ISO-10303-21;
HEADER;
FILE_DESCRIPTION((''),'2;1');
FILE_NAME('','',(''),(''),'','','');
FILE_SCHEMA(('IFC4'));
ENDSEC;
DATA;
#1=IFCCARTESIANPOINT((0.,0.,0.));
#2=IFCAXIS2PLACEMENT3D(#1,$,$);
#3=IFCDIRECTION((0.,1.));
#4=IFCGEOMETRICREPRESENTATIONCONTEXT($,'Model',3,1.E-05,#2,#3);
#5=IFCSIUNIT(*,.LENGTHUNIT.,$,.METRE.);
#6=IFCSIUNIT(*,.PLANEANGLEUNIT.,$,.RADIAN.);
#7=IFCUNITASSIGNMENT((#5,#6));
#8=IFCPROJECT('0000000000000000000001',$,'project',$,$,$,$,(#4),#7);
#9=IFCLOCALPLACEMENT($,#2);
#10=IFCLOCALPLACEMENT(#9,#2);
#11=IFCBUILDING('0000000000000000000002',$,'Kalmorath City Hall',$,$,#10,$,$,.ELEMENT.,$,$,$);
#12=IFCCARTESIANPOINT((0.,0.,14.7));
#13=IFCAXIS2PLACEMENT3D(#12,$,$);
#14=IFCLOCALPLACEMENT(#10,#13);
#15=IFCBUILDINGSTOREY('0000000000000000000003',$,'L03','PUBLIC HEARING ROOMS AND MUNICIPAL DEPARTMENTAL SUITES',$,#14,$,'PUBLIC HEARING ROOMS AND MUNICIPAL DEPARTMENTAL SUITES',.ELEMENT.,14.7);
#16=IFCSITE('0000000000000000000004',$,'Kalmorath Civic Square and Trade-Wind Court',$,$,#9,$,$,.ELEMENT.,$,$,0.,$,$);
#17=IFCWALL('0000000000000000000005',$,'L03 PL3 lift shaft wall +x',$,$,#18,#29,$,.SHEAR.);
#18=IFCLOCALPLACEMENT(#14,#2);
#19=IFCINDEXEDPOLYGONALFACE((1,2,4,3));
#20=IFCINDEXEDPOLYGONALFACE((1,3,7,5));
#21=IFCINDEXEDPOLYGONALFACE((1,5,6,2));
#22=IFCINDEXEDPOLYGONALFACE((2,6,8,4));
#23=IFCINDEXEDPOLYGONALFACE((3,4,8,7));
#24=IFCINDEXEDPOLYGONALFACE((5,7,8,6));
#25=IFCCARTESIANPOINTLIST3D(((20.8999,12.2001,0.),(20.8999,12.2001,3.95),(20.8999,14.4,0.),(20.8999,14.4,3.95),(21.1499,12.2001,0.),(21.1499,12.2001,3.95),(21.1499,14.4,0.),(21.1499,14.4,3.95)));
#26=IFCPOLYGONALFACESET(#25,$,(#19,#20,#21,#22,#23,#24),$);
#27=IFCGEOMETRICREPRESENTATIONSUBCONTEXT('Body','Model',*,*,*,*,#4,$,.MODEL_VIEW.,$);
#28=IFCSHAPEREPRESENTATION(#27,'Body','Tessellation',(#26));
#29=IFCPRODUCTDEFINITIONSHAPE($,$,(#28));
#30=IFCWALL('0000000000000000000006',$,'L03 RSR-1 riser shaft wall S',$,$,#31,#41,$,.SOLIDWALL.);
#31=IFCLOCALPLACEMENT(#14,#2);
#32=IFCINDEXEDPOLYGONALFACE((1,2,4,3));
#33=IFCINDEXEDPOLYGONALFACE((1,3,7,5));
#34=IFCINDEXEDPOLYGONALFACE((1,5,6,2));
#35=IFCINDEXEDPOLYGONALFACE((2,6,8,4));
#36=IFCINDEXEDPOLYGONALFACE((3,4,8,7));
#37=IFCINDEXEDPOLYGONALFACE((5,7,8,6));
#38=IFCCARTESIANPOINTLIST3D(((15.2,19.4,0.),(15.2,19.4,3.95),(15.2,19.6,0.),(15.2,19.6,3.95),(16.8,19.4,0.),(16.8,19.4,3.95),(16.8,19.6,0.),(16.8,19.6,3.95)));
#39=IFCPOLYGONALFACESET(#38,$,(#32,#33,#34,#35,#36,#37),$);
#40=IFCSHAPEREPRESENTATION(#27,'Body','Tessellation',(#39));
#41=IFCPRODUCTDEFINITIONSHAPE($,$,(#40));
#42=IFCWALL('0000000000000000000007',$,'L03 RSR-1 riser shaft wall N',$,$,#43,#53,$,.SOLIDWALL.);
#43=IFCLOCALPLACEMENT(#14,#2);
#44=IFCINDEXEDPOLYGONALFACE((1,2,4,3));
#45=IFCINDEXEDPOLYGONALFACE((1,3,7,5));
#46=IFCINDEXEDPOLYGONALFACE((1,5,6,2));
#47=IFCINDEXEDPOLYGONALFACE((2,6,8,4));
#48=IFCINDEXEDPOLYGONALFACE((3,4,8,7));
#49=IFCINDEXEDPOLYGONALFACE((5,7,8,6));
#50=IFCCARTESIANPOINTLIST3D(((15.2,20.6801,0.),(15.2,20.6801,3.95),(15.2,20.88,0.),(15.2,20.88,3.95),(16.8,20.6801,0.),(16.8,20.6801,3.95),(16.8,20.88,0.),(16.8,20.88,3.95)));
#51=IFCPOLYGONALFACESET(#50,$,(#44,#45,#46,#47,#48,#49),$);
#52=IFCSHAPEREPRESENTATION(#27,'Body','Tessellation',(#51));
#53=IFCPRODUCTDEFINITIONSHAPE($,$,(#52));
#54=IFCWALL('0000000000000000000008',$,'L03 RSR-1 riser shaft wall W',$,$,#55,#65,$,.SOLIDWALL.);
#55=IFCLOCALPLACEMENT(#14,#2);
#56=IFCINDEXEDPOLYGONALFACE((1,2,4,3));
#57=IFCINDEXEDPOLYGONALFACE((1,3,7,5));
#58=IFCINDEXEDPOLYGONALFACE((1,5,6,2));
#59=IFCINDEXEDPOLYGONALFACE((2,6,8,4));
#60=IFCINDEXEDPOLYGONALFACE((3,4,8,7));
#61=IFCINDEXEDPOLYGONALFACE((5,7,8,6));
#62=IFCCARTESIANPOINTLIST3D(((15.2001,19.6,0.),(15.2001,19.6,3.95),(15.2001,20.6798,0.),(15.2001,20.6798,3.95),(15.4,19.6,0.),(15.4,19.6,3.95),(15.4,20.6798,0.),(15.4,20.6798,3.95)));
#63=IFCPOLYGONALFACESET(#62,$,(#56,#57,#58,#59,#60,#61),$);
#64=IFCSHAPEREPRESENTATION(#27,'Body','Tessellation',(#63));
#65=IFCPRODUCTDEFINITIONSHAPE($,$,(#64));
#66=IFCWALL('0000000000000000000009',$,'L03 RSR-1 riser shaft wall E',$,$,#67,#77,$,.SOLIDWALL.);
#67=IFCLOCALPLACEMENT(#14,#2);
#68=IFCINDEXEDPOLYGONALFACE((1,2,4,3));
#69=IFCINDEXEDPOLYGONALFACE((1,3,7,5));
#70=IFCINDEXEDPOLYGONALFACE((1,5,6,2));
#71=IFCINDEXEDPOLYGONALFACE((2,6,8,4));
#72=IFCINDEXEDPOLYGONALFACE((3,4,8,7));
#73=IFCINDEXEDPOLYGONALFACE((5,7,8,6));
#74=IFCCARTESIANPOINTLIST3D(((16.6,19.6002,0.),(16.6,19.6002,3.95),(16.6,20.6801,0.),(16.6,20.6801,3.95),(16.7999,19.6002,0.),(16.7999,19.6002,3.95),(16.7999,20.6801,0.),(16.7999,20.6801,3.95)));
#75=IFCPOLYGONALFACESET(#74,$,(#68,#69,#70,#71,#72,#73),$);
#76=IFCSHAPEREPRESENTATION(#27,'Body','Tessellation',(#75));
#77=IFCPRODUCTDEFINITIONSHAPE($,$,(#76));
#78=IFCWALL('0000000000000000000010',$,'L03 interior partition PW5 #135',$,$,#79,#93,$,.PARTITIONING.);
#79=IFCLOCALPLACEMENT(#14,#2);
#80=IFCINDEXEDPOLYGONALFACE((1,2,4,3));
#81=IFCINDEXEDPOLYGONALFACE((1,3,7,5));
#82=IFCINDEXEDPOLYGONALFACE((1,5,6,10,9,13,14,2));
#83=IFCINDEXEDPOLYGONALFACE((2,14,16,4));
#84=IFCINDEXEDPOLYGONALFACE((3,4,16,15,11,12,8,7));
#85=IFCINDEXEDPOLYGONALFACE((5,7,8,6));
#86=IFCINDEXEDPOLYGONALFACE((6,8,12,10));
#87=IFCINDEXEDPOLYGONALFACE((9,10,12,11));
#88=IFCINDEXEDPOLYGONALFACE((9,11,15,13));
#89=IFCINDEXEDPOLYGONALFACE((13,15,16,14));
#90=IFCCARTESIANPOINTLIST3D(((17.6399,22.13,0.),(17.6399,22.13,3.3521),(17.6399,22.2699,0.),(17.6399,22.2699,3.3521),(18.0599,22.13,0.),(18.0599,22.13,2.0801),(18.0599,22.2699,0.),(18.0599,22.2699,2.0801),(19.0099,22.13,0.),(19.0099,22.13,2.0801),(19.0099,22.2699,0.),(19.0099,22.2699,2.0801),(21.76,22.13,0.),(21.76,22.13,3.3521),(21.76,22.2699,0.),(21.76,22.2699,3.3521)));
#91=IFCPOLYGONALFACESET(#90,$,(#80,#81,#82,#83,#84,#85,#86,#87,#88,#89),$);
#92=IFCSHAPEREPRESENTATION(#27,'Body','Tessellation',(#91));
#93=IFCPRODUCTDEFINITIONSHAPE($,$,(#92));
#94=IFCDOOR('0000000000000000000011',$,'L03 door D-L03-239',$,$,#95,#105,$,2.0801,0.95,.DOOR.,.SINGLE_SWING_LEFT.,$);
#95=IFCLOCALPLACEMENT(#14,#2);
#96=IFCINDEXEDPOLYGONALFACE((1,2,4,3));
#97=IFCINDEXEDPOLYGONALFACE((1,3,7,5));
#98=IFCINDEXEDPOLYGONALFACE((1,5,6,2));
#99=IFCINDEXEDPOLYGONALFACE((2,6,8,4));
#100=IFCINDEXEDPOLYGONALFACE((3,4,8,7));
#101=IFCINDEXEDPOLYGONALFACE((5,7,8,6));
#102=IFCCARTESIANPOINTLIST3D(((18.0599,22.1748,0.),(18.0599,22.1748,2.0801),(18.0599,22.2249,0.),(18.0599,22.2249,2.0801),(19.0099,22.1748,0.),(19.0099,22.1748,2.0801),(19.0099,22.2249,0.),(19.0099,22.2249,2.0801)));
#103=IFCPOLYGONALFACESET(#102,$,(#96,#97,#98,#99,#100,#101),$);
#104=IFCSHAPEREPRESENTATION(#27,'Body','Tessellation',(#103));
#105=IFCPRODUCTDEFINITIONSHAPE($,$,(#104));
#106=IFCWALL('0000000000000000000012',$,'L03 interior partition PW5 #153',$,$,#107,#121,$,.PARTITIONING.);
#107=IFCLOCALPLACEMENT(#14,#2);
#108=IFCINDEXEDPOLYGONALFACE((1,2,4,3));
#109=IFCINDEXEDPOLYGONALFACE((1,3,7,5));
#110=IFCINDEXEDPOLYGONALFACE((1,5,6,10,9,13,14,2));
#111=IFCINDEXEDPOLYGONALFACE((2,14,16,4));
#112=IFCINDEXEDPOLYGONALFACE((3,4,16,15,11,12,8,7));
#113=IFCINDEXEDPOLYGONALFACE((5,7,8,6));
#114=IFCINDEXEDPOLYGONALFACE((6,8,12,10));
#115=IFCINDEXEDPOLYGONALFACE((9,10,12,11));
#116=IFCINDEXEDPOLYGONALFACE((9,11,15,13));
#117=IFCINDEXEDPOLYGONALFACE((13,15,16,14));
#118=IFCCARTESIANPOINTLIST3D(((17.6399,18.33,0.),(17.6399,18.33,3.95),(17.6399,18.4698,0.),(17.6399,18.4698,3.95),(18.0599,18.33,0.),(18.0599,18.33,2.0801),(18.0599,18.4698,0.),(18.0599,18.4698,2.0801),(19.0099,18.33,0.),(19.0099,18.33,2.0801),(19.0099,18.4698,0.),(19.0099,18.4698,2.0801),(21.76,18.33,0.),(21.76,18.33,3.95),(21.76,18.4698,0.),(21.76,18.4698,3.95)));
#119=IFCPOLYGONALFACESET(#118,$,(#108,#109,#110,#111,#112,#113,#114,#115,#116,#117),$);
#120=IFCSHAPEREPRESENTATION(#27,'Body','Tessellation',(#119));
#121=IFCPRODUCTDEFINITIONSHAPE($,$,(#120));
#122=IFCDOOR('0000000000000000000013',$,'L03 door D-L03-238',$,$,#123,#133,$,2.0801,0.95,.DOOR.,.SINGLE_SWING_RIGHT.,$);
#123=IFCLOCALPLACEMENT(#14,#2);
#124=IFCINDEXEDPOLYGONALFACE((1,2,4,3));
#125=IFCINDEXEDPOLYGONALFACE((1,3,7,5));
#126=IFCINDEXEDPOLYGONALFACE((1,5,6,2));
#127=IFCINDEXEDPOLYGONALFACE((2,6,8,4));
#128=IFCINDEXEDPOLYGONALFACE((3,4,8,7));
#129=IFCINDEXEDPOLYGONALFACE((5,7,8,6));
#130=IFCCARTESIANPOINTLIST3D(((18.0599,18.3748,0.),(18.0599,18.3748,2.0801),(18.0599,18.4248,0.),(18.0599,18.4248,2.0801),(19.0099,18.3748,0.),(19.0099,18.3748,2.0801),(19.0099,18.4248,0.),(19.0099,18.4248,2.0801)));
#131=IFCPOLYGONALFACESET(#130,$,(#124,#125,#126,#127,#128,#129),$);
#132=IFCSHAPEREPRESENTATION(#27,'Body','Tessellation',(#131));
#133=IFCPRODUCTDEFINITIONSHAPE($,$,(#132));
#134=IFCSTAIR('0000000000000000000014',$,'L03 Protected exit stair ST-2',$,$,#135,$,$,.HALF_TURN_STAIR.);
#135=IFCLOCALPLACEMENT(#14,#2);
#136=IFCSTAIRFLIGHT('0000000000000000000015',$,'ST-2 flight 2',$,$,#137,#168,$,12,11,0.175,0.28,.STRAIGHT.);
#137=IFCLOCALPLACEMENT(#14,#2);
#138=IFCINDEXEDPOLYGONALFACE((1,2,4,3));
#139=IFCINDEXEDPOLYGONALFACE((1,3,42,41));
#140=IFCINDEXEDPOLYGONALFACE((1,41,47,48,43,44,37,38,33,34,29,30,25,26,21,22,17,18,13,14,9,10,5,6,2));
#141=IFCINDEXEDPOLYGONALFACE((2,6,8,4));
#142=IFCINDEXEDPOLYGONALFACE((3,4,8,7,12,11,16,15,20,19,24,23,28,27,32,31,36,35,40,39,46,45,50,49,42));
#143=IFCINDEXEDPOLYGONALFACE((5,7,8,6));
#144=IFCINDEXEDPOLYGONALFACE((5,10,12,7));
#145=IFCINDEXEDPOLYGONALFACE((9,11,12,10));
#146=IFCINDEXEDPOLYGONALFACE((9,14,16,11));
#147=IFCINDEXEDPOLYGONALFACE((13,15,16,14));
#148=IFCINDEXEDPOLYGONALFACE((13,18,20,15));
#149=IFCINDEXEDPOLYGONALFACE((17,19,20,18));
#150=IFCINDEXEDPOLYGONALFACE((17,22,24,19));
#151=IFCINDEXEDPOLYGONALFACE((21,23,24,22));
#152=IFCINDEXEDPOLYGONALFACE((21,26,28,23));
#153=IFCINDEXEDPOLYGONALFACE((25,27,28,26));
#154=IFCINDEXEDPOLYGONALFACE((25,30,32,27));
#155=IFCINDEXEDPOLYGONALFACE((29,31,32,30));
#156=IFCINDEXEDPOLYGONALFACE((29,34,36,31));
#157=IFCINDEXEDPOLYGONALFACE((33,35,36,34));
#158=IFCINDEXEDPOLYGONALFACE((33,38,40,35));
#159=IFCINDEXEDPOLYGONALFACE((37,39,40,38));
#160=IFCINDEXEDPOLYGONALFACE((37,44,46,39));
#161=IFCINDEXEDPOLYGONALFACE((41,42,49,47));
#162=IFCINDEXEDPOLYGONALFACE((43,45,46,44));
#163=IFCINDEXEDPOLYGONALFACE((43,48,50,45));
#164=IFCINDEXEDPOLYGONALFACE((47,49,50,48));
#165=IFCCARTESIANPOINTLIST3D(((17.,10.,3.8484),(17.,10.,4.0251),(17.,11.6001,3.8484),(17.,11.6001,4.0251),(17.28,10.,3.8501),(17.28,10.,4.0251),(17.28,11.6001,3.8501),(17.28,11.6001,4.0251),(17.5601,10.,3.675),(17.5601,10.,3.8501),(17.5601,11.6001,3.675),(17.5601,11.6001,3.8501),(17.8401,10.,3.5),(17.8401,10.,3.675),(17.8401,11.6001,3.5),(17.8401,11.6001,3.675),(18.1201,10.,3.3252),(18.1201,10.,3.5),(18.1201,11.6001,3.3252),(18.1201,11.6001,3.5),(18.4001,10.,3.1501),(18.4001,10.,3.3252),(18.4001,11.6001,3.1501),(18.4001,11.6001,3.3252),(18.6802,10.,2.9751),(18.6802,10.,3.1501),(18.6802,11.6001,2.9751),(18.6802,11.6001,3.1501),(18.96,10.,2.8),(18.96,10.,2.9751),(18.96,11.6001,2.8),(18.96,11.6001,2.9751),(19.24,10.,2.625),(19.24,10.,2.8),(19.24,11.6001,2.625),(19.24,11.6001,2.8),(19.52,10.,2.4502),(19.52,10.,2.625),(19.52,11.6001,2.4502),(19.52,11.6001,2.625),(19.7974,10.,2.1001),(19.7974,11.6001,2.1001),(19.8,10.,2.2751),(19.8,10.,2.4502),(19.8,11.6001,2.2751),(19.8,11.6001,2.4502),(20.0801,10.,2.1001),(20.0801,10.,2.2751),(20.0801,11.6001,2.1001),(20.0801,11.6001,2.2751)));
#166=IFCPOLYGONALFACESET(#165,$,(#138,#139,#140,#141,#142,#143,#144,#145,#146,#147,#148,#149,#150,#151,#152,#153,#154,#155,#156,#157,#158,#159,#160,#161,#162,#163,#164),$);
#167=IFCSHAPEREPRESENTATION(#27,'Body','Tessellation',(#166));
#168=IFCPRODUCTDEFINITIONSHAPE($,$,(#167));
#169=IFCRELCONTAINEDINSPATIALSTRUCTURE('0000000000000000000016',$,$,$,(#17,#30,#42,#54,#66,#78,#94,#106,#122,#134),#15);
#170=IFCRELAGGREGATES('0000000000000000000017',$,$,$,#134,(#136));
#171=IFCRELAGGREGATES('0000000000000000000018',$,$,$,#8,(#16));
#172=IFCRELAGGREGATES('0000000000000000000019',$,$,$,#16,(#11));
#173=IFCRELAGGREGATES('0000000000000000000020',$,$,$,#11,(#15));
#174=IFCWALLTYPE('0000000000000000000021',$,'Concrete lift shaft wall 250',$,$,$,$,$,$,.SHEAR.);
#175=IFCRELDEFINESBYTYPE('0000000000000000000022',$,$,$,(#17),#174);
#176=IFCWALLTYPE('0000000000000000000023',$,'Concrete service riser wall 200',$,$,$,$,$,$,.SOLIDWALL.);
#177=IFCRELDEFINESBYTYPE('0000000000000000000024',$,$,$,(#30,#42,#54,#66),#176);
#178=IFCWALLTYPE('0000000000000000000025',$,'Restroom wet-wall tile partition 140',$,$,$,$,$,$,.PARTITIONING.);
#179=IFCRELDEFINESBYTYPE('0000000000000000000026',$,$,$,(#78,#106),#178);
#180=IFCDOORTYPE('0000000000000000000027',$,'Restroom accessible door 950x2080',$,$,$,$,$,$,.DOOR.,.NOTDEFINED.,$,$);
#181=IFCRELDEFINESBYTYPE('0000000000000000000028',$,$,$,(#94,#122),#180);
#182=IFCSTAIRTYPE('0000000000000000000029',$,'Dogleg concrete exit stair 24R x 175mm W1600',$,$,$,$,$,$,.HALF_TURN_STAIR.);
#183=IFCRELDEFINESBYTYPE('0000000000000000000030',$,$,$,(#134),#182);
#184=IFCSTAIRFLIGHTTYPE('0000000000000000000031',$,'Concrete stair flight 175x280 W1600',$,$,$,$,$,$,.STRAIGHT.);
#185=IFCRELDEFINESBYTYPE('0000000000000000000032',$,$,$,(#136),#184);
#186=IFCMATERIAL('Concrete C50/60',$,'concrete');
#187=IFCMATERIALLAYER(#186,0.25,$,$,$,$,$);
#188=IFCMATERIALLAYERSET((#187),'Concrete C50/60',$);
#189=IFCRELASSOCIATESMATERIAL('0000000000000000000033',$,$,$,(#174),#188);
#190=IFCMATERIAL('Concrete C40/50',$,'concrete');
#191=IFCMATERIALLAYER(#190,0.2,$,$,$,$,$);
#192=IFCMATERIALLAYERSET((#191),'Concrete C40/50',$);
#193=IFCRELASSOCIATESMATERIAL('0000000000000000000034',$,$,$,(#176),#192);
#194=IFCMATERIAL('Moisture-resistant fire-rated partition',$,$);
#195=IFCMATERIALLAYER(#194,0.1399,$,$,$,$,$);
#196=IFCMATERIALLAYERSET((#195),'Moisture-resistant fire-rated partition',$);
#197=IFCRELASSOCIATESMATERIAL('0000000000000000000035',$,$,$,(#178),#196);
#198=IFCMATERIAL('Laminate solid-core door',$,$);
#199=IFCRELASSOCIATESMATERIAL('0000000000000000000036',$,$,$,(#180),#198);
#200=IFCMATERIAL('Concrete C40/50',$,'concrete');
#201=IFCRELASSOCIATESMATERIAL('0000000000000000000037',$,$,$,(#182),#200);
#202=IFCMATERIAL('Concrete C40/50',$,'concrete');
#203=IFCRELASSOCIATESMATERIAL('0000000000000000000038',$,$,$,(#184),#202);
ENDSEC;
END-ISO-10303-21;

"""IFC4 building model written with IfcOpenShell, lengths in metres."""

from ifc_helpers import new_model, si_unit, direction, frame, frame_2d, origin, place, context, subcontext, project, spatial, polyline, rectangle, outline, extrude, material, layer, layer_set, type_object, element, fill, aggregate, save


model = new_model("IFC4")

# Units and contexts
model_context = context("Model", 3, precision=1e-05, world=origin(), true_north=direction((0.0, 1.0)))
body_context = subcontext(model_context, "Body", "Model", "MODEL_VIEW")
ifc_project = project(units=[si_unit("LENGTHUNIT", "METRE"), si_unit("PLANEANGLEUNIT", "RADIAN")], contexts=[model_context])

# Site, building, storey
site_placement = place(None, origin())
site = spatial("IfcSite", under=ifc_project, at=site_placement, Name="Kalmorath Civic Square and Trade-Wind Court", CompositionType="ELEMENT", RefElevation=0.0)
building_placement = place(site_placement, origin())
building = spatial("IfcBuilding", under=site, at=building_placement, Name="Kalmorath City Hall", CompositionType="ELEMENT")
storey_placement = place(building_placement, frame((0.0, 0.0, 14.7)))
storey = spatial("IfcBuildingStorey", under=building, at=storey_placement, Name="L03", Description="PUBLIC HEARING ROOMS AND MUNICIPAL DEPARTMENTAL SUITES", LongName="PUBLIC HEARING ROOMS AND MUNICIPAL DEPARTMENTAL SUITES", CompositionType="ELEMENT", Elevation=14.7)

# Shared definitions
ifc_material_1 = material(Name="Concrete C50/60", Category="concrete")
ifc_layer_1 = layer(ifc_material_1, 0.25)
ifc_layer_set_1 = layer_set([ifc_layer_1], Name="Concrete C50/60")
wall_type_1 = type_object("IfcWallType", Name="Concrete lift shaft wall 250", PredefinedType="SHEAR", material=ifc_layer_set_1)

# Walls
wall_1_placement = place(storey_placement, frame((21.0249, 12.2, 0.0), z_axis=(0.0, 0.0, 1.0), x_axis=(0.0, 1.0, 0.0)))
element("IfcWall", 1, at=wall_1_placement, inside=storey, type_object=wall_type_1, Name="L03 PL3 lift shaft wall +x", PredefinedType="SHEAR", context=body_context, shape_type="SweptSolid", body=[
    extrude(rectangle(XDim=2.2, YDim=0.25, at=frame_2d((1.1001, 0.0))), origin(), (0.0, 0.0, 1.0), 3.95),
])
ifc_material_2 = material(Name="Concrete C40/50", Category="concrete")
ifc_layer_2 = layer(ifc_material_2, 0.2)
ifc_layer_set_2 = layer_set([ifc_layer_2], Name="Concrete C40/50")
wall_type_2 = type_object("IfcWallType", Name="Concrete service riser wall 200", PredefinedType="SOLIDWALL", material=ifc_layer_set_2)
for number, where, z_axis, x_axis, name in (
    (2, (15.2, 19.5, 0.0), (0.0, 0.0, 1.0), (1.0, 0.0, 0.0), "L03 RSR-1 riser shaft wall S"),
    (3, (16.8, 20.78, 0.0), (0.0, 0.0, 1.0), (-1.0, 0.0, 0.0), "L03 RSR-1 riser shaft wall N"),
):
    element("IfcWall", number, at=place(storey_placement, frame(where, z_axis=z_axis, x_axis=x_axis)), inside=storey, type_object=wall_type_2, Name=name, PredefinedType="SOLIDWALL", context=body_context, shape_type="SweptSolid", body=[
        extrude(rectangle(XDim=1.6001, YDim=0.2, at=frame_2d((0.8, 0.0))), origin(), (0.0, 0.0, 1.0), 3.95),
    ])
for number, where, z_axis, x_axis, name in (
    (4, (15.3, 20.6799, 0.0), (0.0, 0.0, 1.0), (0.0, -1.0, 0.0), "L03 RSR-1 riser shaft wall W"),
    (5, (16.7, 19.6001, 0.0), (0.0, 0.0, 1.0), (0.0, 1.0, 0.0), "L03 RSR-1 riser shaft wall E"),
):
    element("IfcWall", number, at=place(storey_placement, frame(where, z_axis=z_axis, x_axis=x_axis)), inside=storey, type_object=wall_type_2, Name=name, PredefinedType="SOLIDWALL", context=body_context, shape_type="SweptSolid", body=[
        extrude(rectangle(XDim=1.0798, YDim=0.2, at=frame_2d((0.54, 0.0))), origin(), (0.0, 0.0, 1.0), 3.95),
    ])

# Walls, openings, doors
ifc_material_3 = material(Name="Moisture-resistant fire-rated partition")
ifc_layer_3 = layer(ifc_material_3, 0.1399)
ifc_layer_set_3 = layer_set([ifc_layer_3], Name="Moisture-resistant fire-rated partition")
wall_type_3 = type_object("IfcWallType", Name="Restroom wet-wall tile partition 140", PredefinedType="PARTITIONING", material=ifc_layer_set_3)
wall_2_placement = place(storey_placement, frame((17.6399, 22.2, 0.0), z_axis=(0.0, 0.0, 1.0), x_axis=(1.0, 0.0, 0.0)))
wall_2 = element("IfcWall", 6, at=wall_2_placement, inside=storey, type_object=wall_type_3, Name="L03 interior partition PW5 #135", PredefinedType="PARTITIONING", context=body_context, shape_type="SweptSolid", body=[
    extrude(rectangle(XDim=4.1201, YDim=0.1399, at=frame_2d((2.0601, 0.0))), origin(), (0.0, 0.0, 1.0), 3.3521),
])
opening_1_placement = place(wall_2_placement, frame((0.4199, 0.0, 0.0)))
opening_1 = element("IfcOpeningElement", 7, at=opening_1_placement, cuts=wall_2, PredefinedType="OPENING", context=body_context, shape_type="SweptSolid", body=[
    extrude(rectangle(XDim=0.95, YDim=2.0801, at=frame_2d((0.4751, 1.04))), frame((0.0, 0.0798, 0.0), z_axis=(0.0, -1.0, 0.0), x_axis=(1.0, 0.0, 0.0)), (0.0, 0.0, 1.0), 0.1599),
])
ifc_material_4 = material(Name="Laminate solid-core door")
door_type_1 = type_object("IfcDoorType", Name="Restroom accessible door 950x2080", OperationType="NOTDEFINED", PredefinedType="DOOR", material=ifc_material_4)
door_1_placement = place(opening_1_placement, origin())
door_1 = element("IfcDoor", 8, at=door_1_placement, inside=storey, type_object=door_type_1, Name="L03 door D-L03-239", OperationType="SINGLE_SWING_LEFT", OverallHeight=2.0801, OverallWidth=0.95, PredefinedType="DOOR", context=body_context, shape_type="SweptSolid", body=[
    extrude(rectangle(XDim=0.95, YDim=2.0801, at=frame_2d((0.4751, 1.04))), frame((0.0, 0.0249, 0.0), z_axis=(0.0, -1.0, 0.0), x_axis=(1.0, 0.0, 0.0)), (0.0, 0.0, 1.0), 0.05),
])
fill(opening_1, door_1)
wall_3_placement = place(storey_placement, frame((17.6399, 18.3999, 0.0), z_axis=(0.0, 0.0, 1.0), x_axis=(1.0, 0.0, 0.0)))
wall_3 = element("IfcWall", 9, at=wall_3_placement, inside=storey, type_object=wall_type_3, Name="L03 interior partition PW5 #153", PredefinedType="PARTITIONING", context=body_context, shape_type="SweptSolid", body=[
    extrude(rectangle(XDim=4.1201, YDim=0.1399, at=frame_2d((2.0601, 0.0))), origin(), (0.0, 0.0, 1.0), 3.95),
])
opening_2_placement = place(wall_3_placement, frame((0.4199, 0.0, 0.0)))
opening_2 = element("IfcOpeningElement", 10, at=opening_2_placement, cuts=wall_3, PredefinedType="OPENING", context=body_context, shape_type="SweptSolid", body=[
    extrude(rectangle(XDim=0.95, YDim=2.0801, at=frame_2d((0.4751, 1.04))), frame((0.0, 0.0798, 0.0), z_axis=(0.0, -1.0, 0.0), x_axis=(1.0, 0.0, 0.0)), (0.0, 0.0, 1.0), 0.1599),
])
door_2_placement = place(opening_2_placement, origin())
door_2 = element("IfcDoor", 11, at=door_2_placement, inside=storey, type_object=door_type_1, Name="L03 door D-L03-238", OperationType="SINGLE_SWING_RIGHT", OverallHeight=2.0801, OverallWidth=0.95, PredefinedType="DOOR", context=body_context, shape_type="SweptSolid", body=[
    extrude(rectangle(XDim=0.95, YDim=2.0801, at=frame_2d((0.4751, 1.04))), frame((0.0, 0.0249, 0.0), z_axis=(0.0, -1.0, 0.0), x_axis=(1.0, 0.0, 0.0)), (0.0, 0.0, 1.0), 0.05),
])
fill(opening_2, door_2)

# Stair, stair flight
ifc_material_5 = material(Name="Concrete C40/50", Category="concrete")
stair_type = type_object("IfcStairType", Name="Dogleg concrete exit stair 24R x 175mm W1600", PredefinedType="HALF_TURN_STAIR", material=ifc_material_5)
stair_placement = place(storey_placement, origin())
stair = element("IfcStair", 12, at=stair_placement, inside=storey, type_object=stair_type, Name="L03 Protected exit stair ST-2", PredefinedType="HALF_TURN_STAIR")
ifc_material_6 = material(Name="Concrete C40/50", Category="concrete")
stair_flight_type = type_object("IfcStairFlightType", Name="Concrete stair flight 175x280 W1600", PredefinedType="STRAIGHT", material=ifc_material_6)
stair_flight_placement = place(storey_placement, frame((20.0801, 10.8, 2.1001), z_axis=(0.0, 0.0, 1.0), x_axis=(-1.0, 0.0, 0.0)))
stair_flight = element("IfcStairFlight", 13, at=stair_flight_placement, type_object=stair_flight_type, Name="ST-2 flight 2", NumberOfRisers=12, NumberOfTreads=11, PredefinedType="STRAIGHT", RiserHeight=0.175, TreadLength=0.28, context=body_context, shape_type="SweptSolid", body=[
    extrude(outline(polyline([(0.0, 0.0), (0.0, 0.175), (0.28, 0.175), (0.28, 0.3501), (0.5601, 0.3501), (0.5601, 0.5249), (0.8401, 0.5249), (0.8401, 0.7), (1.1201, 0.7), (1.1201, 0.875), (1.3999, 0.875), (1.3999, 1.05), (1.6799, 1.05), (1.6799, 1.2251), (1.96, 1.2251), (1.96, 1.3999), (2.24, 1.3999), (2.24, 1.575), (2.52, 1.575), (2.52, 1.75), (2.8, 1.75), (2.8, 1.925), (3.0801, 1.925), (3.0801, 2.1001), (3.0801, 1.7483), (0.2827, 0.0), (0.0, 0.0)])), frame((0.0, 0.8, 0.0), z_axis=(0.0, -1.0, 0.0), x_axis=(1.0, 0.0, 0.0)), (0.0, 0.0, 1.0), 1.6001),
])
aggregate(stair, [stair_flight])

save(model, "model.ifc")
